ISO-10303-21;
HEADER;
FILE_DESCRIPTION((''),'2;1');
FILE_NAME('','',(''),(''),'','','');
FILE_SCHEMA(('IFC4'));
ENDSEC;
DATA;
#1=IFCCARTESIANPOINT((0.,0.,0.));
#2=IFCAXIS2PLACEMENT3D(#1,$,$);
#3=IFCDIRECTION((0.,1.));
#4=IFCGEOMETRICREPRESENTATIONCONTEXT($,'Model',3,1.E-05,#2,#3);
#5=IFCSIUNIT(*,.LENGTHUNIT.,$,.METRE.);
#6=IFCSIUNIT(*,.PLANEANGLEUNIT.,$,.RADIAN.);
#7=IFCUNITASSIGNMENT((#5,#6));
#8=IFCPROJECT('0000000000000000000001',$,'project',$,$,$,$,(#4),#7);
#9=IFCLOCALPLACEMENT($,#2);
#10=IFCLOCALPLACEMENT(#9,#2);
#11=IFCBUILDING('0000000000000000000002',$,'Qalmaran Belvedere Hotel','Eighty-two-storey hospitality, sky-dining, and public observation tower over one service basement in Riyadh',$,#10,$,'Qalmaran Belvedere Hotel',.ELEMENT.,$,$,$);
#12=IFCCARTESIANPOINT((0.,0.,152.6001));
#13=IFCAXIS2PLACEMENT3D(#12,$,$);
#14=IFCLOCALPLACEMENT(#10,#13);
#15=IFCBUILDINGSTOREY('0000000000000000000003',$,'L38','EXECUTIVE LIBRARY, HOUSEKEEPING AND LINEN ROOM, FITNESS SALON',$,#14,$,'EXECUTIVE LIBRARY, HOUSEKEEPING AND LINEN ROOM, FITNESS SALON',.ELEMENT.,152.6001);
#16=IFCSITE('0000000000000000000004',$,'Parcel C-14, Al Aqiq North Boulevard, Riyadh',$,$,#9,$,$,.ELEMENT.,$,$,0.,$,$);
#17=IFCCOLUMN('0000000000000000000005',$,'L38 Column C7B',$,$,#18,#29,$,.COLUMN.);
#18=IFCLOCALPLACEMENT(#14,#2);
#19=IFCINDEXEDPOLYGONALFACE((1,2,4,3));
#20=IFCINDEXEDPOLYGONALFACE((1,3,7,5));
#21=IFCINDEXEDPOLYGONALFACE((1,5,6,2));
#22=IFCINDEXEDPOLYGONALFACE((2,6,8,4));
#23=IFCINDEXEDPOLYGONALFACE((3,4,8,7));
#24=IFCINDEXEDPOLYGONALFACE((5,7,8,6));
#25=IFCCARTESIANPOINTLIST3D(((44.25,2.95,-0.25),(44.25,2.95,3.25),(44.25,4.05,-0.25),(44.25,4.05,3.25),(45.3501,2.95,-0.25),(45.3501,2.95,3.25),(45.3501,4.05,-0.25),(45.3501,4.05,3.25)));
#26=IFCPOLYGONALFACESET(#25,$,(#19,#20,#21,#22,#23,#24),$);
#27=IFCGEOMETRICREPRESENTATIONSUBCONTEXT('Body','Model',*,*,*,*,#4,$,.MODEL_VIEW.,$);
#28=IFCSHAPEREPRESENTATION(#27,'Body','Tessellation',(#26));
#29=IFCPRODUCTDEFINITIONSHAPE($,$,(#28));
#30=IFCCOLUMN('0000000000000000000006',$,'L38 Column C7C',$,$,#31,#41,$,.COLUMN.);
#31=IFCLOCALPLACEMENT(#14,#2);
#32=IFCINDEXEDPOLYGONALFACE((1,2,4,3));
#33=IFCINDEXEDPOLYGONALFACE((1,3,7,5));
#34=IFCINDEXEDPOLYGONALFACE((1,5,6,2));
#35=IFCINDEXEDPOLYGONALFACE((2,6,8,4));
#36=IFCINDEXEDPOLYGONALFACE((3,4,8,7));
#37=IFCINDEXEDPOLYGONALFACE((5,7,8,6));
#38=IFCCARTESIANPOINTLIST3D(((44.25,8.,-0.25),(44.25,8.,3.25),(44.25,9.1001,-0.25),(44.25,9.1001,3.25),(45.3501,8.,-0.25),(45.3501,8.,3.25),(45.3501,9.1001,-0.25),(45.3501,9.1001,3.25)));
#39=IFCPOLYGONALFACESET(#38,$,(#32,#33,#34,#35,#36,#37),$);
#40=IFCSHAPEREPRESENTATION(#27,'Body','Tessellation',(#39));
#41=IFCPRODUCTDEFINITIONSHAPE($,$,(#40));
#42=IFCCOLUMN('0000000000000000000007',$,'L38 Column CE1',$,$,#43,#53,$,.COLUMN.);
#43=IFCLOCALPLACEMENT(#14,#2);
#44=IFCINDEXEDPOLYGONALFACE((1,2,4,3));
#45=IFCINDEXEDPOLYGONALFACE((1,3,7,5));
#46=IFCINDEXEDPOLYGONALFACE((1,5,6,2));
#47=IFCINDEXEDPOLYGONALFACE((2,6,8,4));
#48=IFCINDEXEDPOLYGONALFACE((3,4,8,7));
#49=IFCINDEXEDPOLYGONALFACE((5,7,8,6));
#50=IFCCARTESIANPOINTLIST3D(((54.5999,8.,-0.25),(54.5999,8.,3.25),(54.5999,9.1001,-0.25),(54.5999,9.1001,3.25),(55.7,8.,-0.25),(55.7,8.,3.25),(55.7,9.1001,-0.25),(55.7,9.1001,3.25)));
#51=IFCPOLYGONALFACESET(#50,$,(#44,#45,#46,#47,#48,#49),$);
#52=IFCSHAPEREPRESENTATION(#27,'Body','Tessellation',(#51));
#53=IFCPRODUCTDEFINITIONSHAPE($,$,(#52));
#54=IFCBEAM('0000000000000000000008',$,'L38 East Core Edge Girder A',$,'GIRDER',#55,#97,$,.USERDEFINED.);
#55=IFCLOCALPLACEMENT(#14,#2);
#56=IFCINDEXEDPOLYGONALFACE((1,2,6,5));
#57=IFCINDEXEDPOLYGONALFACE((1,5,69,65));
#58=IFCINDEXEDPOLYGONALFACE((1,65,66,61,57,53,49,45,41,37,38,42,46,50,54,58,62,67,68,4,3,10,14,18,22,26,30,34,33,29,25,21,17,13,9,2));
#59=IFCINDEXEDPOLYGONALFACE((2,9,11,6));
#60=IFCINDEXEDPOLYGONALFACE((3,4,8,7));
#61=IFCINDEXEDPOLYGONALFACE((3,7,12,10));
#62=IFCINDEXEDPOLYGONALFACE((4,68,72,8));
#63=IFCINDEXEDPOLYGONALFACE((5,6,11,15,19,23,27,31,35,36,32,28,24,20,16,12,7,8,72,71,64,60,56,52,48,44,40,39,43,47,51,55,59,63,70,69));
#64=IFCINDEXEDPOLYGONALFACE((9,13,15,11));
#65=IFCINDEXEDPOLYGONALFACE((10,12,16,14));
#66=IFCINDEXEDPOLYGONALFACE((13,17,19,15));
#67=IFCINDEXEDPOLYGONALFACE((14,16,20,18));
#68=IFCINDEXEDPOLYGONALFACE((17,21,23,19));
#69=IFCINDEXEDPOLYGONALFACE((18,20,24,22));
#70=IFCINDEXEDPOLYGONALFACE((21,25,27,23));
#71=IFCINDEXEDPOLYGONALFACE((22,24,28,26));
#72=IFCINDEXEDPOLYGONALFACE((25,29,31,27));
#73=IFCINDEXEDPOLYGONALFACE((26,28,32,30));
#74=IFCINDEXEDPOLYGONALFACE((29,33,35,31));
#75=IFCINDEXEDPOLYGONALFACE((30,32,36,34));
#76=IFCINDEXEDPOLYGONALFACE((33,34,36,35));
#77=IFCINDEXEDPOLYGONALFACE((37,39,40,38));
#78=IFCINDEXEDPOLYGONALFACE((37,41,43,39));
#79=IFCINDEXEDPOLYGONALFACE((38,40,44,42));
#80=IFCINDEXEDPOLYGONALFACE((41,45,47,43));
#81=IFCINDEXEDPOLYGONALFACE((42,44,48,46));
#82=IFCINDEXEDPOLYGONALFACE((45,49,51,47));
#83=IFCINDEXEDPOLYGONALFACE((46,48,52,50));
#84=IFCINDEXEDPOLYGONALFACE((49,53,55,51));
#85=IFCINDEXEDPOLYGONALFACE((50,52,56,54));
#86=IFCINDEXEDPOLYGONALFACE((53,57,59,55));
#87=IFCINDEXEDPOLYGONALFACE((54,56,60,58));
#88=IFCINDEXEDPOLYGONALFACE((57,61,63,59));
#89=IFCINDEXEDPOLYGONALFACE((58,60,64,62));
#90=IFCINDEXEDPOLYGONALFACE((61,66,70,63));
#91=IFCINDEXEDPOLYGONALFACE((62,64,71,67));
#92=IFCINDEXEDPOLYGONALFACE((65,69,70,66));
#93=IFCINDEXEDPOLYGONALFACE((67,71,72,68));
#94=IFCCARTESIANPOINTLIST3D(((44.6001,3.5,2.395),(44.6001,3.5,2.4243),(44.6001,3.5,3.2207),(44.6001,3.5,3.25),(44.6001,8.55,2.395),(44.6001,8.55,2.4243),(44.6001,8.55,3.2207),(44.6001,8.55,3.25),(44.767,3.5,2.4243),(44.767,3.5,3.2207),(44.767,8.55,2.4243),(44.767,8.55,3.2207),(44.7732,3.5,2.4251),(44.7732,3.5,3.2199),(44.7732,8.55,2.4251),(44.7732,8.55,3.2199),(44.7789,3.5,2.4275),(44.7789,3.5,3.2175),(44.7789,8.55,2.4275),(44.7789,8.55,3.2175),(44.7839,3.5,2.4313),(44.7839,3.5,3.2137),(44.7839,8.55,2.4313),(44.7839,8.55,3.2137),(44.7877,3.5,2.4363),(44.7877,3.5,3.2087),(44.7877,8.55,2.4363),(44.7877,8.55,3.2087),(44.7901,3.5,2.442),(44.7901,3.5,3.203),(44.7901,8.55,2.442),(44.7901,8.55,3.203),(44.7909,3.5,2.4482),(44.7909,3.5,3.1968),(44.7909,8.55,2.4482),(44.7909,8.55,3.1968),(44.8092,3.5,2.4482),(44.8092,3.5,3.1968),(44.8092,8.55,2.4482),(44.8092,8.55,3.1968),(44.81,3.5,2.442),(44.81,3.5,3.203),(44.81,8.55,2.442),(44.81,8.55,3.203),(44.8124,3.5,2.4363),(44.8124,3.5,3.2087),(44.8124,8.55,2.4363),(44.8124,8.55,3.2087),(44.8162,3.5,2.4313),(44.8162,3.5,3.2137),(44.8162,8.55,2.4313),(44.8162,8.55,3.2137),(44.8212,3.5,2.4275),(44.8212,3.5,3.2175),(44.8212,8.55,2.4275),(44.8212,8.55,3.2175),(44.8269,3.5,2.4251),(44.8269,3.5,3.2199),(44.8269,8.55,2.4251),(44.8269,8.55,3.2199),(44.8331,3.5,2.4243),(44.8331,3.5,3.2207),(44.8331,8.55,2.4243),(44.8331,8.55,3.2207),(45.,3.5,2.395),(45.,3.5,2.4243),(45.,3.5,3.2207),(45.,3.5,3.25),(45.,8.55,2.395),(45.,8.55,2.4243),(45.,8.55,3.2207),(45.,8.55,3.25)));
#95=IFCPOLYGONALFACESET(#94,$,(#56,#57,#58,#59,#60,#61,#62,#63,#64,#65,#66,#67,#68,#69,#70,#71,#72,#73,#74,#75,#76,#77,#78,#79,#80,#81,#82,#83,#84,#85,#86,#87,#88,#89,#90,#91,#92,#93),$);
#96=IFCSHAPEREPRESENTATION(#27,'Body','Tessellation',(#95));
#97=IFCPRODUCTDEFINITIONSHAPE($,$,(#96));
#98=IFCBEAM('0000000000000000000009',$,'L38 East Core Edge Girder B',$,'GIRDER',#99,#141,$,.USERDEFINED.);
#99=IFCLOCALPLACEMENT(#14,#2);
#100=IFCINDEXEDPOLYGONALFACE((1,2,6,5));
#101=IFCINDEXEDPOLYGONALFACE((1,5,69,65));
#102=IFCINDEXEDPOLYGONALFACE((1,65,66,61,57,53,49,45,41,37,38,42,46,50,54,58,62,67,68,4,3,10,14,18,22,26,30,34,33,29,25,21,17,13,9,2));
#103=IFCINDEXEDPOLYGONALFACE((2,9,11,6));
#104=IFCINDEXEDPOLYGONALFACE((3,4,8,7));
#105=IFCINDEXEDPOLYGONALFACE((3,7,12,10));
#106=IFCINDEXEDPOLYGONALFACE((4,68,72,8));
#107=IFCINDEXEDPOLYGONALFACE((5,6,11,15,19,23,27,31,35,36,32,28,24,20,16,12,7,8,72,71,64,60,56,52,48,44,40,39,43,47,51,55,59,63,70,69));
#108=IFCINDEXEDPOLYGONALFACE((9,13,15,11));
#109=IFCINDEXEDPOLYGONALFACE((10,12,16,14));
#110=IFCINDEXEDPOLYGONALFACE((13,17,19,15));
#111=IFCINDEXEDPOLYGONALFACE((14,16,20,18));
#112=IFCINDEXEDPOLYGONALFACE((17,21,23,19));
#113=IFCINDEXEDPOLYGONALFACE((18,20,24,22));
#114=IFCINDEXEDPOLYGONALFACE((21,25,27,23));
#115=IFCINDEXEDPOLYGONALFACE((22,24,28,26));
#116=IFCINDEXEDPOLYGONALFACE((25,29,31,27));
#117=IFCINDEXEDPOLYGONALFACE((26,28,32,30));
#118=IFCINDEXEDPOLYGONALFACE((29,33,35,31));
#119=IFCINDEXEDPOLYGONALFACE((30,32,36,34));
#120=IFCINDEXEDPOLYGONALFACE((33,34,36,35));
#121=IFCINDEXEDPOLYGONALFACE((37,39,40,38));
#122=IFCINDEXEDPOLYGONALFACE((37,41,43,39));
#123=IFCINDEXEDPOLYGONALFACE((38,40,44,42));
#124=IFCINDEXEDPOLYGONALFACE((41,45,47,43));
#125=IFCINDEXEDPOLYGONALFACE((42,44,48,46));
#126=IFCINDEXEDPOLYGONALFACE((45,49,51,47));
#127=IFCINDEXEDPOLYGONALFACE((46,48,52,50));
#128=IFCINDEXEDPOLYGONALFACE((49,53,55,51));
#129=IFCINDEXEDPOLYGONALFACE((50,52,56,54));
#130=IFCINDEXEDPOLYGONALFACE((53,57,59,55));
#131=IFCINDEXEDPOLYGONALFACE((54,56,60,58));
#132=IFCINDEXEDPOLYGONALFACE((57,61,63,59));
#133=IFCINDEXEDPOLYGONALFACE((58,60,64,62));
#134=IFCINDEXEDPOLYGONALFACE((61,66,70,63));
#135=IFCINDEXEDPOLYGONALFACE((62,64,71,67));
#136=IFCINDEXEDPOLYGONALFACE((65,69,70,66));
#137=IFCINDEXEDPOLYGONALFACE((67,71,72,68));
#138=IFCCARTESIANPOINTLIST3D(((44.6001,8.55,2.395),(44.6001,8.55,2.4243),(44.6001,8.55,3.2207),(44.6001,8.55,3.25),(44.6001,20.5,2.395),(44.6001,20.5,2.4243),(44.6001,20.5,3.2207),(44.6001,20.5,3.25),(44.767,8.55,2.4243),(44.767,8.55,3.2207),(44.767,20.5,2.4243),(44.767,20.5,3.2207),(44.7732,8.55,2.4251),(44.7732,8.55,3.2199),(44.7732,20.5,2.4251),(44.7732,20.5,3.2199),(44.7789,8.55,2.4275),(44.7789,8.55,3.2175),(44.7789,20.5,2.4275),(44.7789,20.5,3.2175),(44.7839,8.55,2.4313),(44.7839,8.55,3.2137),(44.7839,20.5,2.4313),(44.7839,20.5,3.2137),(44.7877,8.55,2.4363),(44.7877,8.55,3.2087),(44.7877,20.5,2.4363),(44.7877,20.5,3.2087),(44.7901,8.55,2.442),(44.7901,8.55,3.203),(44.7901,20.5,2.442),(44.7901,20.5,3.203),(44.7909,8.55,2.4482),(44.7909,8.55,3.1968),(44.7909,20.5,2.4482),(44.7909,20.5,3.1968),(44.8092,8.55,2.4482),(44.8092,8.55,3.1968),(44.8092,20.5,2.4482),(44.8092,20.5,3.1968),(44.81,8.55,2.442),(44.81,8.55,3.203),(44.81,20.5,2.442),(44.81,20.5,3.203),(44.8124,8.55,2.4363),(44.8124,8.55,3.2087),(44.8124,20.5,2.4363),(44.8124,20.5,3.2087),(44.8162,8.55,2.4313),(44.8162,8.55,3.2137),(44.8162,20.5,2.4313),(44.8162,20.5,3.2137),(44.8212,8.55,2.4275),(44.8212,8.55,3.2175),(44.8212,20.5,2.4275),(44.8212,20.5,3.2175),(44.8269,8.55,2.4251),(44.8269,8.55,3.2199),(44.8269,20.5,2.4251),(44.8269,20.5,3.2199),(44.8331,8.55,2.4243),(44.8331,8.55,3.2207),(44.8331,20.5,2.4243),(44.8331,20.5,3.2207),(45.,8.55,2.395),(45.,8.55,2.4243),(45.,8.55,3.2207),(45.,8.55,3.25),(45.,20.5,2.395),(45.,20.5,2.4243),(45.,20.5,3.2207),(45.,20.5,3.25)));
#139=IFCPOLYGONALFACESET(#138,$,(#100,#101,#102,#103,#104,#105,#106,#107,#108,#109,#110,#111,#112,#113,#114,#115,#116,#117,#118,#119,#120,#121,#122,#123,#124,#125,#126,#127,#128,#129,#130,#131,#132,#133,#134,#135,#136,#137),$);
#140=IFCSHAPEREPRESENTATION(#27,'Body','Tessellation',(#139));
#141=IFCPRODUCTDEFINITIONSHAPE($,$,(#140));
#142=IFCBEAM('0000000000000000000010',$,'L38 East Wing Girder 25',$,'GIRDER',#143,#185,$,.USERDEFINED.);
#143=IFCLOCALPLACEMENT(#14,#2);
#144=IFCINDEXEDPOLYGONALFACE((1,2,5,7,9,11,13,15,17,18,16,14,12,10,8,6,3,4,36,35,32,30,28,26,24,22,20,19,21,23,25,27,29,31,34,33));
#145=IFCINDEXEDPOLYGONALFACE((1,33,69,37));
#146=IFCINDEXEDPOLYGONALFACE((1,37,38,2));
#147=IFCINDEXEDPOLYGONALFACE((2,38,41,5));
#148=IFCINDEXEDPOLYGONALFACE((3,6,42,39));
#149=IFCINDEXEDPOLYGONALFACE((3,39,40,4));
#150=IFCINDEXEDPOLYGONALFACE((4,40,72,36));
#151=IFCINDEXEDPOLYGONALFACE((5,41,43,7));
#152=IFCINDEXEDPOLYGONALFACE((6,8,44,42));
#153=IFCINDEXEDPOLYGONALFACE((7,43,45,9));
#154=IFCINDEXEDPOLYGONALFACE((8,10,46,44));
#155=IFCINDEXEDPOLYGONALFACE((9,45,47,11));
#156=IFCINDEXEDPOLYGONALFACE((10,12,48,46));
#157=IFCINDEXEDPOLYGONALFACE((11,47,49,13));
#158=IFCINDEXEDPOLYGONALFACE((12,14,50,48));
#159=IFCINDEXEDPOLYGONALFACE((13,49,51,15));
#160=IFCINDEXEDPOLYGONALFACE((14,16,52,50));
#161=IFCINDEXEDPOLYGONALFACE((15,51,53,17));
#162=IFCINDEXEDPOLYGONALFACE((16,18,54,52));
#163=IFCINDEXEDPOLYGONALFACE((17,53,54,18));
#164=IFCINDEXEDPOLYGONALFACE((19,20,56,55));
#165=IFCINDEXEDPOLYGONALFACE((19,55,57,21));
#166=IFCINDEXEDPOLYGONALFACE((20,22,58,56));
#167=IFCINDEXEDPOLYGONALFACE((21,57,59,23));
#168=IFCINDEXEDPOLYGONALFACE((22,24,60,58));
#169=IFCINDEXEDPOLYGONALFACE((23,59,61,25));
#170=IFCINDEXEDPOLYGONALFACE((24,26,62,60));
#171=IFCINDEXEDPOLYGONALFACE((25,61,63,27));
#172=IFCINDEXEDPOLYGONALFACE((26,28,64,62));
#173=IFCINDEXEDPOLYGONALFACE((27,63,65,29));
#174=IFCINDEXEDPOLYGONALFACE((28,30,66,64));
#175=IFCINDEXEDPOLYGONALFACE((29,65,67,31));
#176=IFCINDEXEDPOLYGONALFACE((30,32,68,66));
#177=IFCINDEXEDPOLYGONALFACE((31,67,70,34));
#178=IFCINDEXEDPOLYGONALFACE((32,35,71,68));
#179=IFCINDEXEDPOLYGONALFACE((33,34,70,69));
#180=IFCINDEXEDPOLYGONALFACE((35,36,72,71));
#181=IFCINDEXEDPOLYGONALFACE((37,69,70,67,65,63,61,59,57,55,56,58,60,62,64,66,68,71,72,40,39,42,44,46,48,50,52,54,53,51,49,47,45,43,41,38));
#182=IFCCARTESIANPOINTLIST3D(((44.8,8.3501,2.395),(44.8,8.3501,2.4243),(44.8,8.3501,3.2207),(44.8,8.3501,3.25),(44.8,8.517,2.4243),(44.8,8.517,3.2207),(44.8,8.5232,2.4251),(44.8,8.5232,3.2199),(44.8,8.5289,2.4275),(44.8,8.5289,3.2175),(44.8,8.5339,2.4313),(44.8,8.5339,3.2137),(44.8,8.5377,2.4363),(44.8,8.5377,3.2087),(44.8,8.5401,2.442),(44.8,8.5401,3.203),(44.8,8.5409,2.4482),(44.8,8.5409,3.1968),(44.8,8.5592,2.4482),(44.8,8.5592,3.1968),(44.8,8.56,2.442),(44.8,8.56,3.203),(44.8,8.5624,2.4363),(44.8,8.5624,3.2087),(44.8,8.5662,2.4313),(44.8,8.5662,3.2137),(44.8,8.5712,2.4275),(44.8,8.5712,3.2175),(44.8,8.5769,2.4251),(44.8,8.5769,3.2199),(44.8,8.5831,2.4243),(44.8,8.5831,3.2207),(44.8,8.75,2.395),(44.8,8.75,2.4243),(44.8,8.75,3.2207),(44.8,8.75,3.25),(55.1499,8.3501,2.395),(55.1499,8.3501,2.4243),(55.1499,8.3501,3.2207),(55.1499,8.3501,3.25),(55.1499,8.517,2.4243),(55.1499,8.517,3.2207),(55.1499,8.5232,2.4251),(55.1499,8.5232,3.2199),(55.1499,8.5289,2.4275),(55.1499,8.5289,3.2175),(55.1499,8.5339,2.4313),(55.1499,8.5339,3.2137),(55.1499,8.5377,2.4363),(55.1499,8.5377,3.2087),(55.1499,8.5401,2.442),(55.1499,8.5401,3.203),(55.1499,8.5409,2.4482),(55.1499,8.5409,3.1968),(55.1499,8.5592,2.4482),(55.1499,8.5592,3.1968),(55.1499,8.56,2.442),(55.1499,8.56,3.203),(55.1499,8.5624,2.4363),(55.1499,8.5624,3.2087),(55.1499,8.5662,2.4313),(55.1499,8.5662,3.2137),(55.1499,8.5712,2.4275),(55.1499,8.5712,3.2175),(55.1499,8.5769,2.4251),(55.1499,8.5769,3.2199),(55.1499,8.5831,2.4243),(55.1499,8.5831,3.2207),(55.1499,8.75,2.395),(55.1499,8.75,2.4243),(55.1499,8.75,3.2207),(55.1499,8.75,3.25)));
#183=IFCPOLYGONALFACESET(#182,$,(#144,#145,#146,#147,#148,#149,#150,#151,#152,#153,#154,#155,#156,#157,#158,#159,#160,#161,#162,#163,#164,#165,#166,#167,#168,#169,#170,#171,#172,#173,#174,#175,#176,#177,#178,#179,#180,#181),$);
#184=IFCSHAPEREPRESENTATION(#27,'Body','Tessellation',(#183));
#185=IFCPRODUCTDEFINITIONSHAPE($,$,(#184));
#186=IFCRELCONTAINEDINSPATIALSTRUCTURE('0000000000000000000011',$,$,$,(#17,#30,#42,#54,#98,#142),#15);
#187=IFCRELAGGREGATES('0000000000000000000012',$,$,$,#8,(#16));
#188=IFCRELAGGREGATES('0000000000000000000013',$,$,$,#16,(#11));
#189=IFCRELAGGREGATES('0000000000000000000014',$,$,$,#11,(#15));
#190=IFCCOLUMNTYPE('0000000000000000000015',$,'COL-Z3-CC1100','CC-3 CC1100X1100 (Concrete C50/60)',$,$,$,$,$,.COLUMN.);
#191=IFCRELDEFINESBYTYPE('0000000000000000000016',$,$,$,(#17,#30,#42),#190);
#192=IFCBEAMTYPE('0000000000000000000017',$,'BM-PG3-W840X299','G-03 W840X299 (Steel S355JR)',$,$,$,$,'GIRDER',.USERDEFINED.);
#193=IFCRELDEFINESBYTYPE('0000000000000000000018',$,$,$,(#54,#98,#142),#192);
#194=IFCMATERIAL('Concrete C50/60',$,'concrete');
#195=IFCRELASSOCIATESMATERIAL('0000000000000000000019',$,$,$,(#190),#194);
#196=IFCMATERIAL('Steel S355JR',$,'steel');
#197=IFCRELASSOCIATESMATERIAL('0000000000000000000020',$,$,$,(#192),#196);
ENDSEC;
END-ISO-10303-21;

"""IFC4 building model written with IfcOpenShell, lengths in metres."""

from ifc_helpers import new_model, si_unit, direction, frame, origin, origin_2d, place, context, subcontext, project, spatial, rectangle, i_section, extrude, material, material_profile, profile_set, type_object, element, save


model = new_model("IFC4")

# Units and contexts
model_context = context("Model", 3, precision=1e-05, world=origin(), true_north=direction((0.0, 1.0)))
body_context = subcontext(model_context, "Body", "Model", "MODEL_VIEW")
ifc_project = project(units=[si_unit("LENGTHUNIT", "METRE"), si_unit("PLANEANGLEUNIT", "RADIAN")], contexts=[model_context])

# Site, building, storey
site_placement = place(None, origin())
site = spatial("IfcSite", under=ifc_project, at=site_placement, Name="Parcel C-14, Al Aqiq North Boulevard, Riyadh", CompositionType="ELEMENT", RefElevation=0.0)
building_placement = place(site_placement, origin())
building = spatial("IfcBuilding", under=site, at=building_placement, Name="Qalmaran Belvedere Hotel", Description="Eighty-two-storey hospitality, sky-dining, and public observation tower over one service basement in Riyadh", LongName="Qalmaran Belvedere Hotel", CompositionType="ELEMENT")
storey_placement = place(building_placement, frame((0.0, 0.0, 152.6001)))
storey = spatial("IfcBuildingStorey", under=building, at=storey_placement, Name="L38", Description="EXECUTIVE LIBRARY, HOUSEKEEPING AND LINEN ROOM, FITNESS SALON", LongName="EXECUTIVE LIBRARY, HOUSEKEEPING AND LINEN ROOM, FITNESS SALON", CompositionType="ELEMENT", Elevation=152.6001)

# Columns
ifc_material_1 = material(Name="Concrete C50/60", Category="concrete")
ifc_material_profile_1 = material_profile(ifc_material_1, rectangle(XDim=1.1001, YDim=1.1001, at=origin_2d()), Name="CC1100X1100")
ifc_profile_set_1 = profile_set([ifc_material_profile_1], Name="Concrete C50/60")
column_type = type_object("IfcColumnType", Name="COL-Z3-CC1100", Description="CC-3 CC1100X1100 (Concrete C50/60)", PredefinedType="COLUMN", material=ifc_profile_set_1)
for number, where, z_axis, x_axis, name in (
    (1, (44.8, 3.5, -0.25), (0.0, 0.0, 1.0), (1.0, 0.0, 0.0), "L38 Column C7B"),
    (2, (44.8, 8.55, -0.25), (0.0, 0.0, 1.0), (1.0, 0.0, 0.0), "L38 Column C7C"),
    (3, (55.1499, 8.55, -0.25), (0.0, 0.0, 1.0), (1.0, 0.0, 0.0), "L38 Column CE1"),
):
    element("IfcColumn", number, at=place(storey_placement, frame(where, z_axis=z_axis, x_axis=x_axis)), inside=storey, type_object=column_type, Name=name, PredefinedType="COLUMN", context=body_context, shape_type="SweptSolid", body=[
        extrude(rectangle(XDim=1.1001, YDim=1.1001, at=origin_2d()), origin(), (0.0, 0.0, 1.0), 3.5),
    ])

# Beams
ifc_material_2 = material(Name="Steel S355JR", Category="steel")
ifc_material_profile_2 = material_profile(ifc_material_2, i_section(OverallWidth=0.3999, OverallDepth=0.855, WebThickness=0.0183, FlangeThickness=0.0293, FilletRadius=0.0239, at=origin_2d()), Name="W840X299")
ifc_profile_set_2 = profile_set([ifc_material_profile_2], Name="Steel S355JR")
beam_type_1 = type_object("IfcBeamType", Name="BM-PG3-W840X299", Description="G-03 W840X299 (Steel S355JR)", ElementType="GIRDER", PredefinedType="USERDEFINED", material=ifc_profile_set_2)
beam_1_placement = place(storey_placement, frame((44.8, 3.5, 2.8225), z_axis=(0.0, 1.0, 0.0), x_axis=(-1.0, 0.0, 0.0)))
element("IfcBeam", 4, at=beam_1_placement, inside=storey, type_object=beam_type_1, Name="L38 East Core Edge Girder A", ObjectType="GIRDER", PredefinedType="USERDEFINED", context=body_context, shape_type="SweptSolid", body=[
    extrude(i_section(OverallWidth=0.3999, OverallDepth=0.855, WebThickness=0.0183, FlangeThickness=0.0293, FilletRadius=0.0239, at=origin_2d()), origin(), (0.0, 0.0, 1.0), 5.05),
])
beam_2_placement = place(storey_placement, frame((44.8, 8.55, 2.8225), z_axis=(0.0, 1.0, 0.0), x_axis=(-1.0, 0.0, 0.0)))
element("IfcBeam", 5, at=beam_2_placement, inside=storey, type_object=beam_type_1, Name="L38 East Core Edge Girder B", ObjectType="GIRDER", PredefinedType="USERDEFINED", context=body_context, shape_type="SweptSolid", body=[
    extrude(i_section(OverallWidth=0.3999, OverallDepth=0.855, WebThickness=0.0183, FlangeThickness=0.0293, FilletRadius=0.0239, at=origin_2d()), origin(), (0.0, 0.0, 1.0), 11.95),
])
beam_3_placement = place(storey_placement, frame((44.8, 8.55, 2.8225), z_axis=(1.0, 0.0, 0.0), x_axis=(0.0, 1.0, 0.0)))
element("IfcBeam", 6, at=beam_3_placement, inside=storey, type_object=beam_type_1, Name="L38 East Wing Girder 25", ObjectType="GIRDER", PredefinedType="USERDEFINED", context=body_context, shape_type="SweptSolid", body=[
    extrude(i_section(OverallWidth=0.3999, OverallDepth=0.855, WebThickness=0.0183, FlangeThickness=0.0293, FilletRadius=0.0239, at=origin_2d()), origin(), (0.0, 0.0, 1.0), 10.3499),
])

save(model, "model.ifc")
